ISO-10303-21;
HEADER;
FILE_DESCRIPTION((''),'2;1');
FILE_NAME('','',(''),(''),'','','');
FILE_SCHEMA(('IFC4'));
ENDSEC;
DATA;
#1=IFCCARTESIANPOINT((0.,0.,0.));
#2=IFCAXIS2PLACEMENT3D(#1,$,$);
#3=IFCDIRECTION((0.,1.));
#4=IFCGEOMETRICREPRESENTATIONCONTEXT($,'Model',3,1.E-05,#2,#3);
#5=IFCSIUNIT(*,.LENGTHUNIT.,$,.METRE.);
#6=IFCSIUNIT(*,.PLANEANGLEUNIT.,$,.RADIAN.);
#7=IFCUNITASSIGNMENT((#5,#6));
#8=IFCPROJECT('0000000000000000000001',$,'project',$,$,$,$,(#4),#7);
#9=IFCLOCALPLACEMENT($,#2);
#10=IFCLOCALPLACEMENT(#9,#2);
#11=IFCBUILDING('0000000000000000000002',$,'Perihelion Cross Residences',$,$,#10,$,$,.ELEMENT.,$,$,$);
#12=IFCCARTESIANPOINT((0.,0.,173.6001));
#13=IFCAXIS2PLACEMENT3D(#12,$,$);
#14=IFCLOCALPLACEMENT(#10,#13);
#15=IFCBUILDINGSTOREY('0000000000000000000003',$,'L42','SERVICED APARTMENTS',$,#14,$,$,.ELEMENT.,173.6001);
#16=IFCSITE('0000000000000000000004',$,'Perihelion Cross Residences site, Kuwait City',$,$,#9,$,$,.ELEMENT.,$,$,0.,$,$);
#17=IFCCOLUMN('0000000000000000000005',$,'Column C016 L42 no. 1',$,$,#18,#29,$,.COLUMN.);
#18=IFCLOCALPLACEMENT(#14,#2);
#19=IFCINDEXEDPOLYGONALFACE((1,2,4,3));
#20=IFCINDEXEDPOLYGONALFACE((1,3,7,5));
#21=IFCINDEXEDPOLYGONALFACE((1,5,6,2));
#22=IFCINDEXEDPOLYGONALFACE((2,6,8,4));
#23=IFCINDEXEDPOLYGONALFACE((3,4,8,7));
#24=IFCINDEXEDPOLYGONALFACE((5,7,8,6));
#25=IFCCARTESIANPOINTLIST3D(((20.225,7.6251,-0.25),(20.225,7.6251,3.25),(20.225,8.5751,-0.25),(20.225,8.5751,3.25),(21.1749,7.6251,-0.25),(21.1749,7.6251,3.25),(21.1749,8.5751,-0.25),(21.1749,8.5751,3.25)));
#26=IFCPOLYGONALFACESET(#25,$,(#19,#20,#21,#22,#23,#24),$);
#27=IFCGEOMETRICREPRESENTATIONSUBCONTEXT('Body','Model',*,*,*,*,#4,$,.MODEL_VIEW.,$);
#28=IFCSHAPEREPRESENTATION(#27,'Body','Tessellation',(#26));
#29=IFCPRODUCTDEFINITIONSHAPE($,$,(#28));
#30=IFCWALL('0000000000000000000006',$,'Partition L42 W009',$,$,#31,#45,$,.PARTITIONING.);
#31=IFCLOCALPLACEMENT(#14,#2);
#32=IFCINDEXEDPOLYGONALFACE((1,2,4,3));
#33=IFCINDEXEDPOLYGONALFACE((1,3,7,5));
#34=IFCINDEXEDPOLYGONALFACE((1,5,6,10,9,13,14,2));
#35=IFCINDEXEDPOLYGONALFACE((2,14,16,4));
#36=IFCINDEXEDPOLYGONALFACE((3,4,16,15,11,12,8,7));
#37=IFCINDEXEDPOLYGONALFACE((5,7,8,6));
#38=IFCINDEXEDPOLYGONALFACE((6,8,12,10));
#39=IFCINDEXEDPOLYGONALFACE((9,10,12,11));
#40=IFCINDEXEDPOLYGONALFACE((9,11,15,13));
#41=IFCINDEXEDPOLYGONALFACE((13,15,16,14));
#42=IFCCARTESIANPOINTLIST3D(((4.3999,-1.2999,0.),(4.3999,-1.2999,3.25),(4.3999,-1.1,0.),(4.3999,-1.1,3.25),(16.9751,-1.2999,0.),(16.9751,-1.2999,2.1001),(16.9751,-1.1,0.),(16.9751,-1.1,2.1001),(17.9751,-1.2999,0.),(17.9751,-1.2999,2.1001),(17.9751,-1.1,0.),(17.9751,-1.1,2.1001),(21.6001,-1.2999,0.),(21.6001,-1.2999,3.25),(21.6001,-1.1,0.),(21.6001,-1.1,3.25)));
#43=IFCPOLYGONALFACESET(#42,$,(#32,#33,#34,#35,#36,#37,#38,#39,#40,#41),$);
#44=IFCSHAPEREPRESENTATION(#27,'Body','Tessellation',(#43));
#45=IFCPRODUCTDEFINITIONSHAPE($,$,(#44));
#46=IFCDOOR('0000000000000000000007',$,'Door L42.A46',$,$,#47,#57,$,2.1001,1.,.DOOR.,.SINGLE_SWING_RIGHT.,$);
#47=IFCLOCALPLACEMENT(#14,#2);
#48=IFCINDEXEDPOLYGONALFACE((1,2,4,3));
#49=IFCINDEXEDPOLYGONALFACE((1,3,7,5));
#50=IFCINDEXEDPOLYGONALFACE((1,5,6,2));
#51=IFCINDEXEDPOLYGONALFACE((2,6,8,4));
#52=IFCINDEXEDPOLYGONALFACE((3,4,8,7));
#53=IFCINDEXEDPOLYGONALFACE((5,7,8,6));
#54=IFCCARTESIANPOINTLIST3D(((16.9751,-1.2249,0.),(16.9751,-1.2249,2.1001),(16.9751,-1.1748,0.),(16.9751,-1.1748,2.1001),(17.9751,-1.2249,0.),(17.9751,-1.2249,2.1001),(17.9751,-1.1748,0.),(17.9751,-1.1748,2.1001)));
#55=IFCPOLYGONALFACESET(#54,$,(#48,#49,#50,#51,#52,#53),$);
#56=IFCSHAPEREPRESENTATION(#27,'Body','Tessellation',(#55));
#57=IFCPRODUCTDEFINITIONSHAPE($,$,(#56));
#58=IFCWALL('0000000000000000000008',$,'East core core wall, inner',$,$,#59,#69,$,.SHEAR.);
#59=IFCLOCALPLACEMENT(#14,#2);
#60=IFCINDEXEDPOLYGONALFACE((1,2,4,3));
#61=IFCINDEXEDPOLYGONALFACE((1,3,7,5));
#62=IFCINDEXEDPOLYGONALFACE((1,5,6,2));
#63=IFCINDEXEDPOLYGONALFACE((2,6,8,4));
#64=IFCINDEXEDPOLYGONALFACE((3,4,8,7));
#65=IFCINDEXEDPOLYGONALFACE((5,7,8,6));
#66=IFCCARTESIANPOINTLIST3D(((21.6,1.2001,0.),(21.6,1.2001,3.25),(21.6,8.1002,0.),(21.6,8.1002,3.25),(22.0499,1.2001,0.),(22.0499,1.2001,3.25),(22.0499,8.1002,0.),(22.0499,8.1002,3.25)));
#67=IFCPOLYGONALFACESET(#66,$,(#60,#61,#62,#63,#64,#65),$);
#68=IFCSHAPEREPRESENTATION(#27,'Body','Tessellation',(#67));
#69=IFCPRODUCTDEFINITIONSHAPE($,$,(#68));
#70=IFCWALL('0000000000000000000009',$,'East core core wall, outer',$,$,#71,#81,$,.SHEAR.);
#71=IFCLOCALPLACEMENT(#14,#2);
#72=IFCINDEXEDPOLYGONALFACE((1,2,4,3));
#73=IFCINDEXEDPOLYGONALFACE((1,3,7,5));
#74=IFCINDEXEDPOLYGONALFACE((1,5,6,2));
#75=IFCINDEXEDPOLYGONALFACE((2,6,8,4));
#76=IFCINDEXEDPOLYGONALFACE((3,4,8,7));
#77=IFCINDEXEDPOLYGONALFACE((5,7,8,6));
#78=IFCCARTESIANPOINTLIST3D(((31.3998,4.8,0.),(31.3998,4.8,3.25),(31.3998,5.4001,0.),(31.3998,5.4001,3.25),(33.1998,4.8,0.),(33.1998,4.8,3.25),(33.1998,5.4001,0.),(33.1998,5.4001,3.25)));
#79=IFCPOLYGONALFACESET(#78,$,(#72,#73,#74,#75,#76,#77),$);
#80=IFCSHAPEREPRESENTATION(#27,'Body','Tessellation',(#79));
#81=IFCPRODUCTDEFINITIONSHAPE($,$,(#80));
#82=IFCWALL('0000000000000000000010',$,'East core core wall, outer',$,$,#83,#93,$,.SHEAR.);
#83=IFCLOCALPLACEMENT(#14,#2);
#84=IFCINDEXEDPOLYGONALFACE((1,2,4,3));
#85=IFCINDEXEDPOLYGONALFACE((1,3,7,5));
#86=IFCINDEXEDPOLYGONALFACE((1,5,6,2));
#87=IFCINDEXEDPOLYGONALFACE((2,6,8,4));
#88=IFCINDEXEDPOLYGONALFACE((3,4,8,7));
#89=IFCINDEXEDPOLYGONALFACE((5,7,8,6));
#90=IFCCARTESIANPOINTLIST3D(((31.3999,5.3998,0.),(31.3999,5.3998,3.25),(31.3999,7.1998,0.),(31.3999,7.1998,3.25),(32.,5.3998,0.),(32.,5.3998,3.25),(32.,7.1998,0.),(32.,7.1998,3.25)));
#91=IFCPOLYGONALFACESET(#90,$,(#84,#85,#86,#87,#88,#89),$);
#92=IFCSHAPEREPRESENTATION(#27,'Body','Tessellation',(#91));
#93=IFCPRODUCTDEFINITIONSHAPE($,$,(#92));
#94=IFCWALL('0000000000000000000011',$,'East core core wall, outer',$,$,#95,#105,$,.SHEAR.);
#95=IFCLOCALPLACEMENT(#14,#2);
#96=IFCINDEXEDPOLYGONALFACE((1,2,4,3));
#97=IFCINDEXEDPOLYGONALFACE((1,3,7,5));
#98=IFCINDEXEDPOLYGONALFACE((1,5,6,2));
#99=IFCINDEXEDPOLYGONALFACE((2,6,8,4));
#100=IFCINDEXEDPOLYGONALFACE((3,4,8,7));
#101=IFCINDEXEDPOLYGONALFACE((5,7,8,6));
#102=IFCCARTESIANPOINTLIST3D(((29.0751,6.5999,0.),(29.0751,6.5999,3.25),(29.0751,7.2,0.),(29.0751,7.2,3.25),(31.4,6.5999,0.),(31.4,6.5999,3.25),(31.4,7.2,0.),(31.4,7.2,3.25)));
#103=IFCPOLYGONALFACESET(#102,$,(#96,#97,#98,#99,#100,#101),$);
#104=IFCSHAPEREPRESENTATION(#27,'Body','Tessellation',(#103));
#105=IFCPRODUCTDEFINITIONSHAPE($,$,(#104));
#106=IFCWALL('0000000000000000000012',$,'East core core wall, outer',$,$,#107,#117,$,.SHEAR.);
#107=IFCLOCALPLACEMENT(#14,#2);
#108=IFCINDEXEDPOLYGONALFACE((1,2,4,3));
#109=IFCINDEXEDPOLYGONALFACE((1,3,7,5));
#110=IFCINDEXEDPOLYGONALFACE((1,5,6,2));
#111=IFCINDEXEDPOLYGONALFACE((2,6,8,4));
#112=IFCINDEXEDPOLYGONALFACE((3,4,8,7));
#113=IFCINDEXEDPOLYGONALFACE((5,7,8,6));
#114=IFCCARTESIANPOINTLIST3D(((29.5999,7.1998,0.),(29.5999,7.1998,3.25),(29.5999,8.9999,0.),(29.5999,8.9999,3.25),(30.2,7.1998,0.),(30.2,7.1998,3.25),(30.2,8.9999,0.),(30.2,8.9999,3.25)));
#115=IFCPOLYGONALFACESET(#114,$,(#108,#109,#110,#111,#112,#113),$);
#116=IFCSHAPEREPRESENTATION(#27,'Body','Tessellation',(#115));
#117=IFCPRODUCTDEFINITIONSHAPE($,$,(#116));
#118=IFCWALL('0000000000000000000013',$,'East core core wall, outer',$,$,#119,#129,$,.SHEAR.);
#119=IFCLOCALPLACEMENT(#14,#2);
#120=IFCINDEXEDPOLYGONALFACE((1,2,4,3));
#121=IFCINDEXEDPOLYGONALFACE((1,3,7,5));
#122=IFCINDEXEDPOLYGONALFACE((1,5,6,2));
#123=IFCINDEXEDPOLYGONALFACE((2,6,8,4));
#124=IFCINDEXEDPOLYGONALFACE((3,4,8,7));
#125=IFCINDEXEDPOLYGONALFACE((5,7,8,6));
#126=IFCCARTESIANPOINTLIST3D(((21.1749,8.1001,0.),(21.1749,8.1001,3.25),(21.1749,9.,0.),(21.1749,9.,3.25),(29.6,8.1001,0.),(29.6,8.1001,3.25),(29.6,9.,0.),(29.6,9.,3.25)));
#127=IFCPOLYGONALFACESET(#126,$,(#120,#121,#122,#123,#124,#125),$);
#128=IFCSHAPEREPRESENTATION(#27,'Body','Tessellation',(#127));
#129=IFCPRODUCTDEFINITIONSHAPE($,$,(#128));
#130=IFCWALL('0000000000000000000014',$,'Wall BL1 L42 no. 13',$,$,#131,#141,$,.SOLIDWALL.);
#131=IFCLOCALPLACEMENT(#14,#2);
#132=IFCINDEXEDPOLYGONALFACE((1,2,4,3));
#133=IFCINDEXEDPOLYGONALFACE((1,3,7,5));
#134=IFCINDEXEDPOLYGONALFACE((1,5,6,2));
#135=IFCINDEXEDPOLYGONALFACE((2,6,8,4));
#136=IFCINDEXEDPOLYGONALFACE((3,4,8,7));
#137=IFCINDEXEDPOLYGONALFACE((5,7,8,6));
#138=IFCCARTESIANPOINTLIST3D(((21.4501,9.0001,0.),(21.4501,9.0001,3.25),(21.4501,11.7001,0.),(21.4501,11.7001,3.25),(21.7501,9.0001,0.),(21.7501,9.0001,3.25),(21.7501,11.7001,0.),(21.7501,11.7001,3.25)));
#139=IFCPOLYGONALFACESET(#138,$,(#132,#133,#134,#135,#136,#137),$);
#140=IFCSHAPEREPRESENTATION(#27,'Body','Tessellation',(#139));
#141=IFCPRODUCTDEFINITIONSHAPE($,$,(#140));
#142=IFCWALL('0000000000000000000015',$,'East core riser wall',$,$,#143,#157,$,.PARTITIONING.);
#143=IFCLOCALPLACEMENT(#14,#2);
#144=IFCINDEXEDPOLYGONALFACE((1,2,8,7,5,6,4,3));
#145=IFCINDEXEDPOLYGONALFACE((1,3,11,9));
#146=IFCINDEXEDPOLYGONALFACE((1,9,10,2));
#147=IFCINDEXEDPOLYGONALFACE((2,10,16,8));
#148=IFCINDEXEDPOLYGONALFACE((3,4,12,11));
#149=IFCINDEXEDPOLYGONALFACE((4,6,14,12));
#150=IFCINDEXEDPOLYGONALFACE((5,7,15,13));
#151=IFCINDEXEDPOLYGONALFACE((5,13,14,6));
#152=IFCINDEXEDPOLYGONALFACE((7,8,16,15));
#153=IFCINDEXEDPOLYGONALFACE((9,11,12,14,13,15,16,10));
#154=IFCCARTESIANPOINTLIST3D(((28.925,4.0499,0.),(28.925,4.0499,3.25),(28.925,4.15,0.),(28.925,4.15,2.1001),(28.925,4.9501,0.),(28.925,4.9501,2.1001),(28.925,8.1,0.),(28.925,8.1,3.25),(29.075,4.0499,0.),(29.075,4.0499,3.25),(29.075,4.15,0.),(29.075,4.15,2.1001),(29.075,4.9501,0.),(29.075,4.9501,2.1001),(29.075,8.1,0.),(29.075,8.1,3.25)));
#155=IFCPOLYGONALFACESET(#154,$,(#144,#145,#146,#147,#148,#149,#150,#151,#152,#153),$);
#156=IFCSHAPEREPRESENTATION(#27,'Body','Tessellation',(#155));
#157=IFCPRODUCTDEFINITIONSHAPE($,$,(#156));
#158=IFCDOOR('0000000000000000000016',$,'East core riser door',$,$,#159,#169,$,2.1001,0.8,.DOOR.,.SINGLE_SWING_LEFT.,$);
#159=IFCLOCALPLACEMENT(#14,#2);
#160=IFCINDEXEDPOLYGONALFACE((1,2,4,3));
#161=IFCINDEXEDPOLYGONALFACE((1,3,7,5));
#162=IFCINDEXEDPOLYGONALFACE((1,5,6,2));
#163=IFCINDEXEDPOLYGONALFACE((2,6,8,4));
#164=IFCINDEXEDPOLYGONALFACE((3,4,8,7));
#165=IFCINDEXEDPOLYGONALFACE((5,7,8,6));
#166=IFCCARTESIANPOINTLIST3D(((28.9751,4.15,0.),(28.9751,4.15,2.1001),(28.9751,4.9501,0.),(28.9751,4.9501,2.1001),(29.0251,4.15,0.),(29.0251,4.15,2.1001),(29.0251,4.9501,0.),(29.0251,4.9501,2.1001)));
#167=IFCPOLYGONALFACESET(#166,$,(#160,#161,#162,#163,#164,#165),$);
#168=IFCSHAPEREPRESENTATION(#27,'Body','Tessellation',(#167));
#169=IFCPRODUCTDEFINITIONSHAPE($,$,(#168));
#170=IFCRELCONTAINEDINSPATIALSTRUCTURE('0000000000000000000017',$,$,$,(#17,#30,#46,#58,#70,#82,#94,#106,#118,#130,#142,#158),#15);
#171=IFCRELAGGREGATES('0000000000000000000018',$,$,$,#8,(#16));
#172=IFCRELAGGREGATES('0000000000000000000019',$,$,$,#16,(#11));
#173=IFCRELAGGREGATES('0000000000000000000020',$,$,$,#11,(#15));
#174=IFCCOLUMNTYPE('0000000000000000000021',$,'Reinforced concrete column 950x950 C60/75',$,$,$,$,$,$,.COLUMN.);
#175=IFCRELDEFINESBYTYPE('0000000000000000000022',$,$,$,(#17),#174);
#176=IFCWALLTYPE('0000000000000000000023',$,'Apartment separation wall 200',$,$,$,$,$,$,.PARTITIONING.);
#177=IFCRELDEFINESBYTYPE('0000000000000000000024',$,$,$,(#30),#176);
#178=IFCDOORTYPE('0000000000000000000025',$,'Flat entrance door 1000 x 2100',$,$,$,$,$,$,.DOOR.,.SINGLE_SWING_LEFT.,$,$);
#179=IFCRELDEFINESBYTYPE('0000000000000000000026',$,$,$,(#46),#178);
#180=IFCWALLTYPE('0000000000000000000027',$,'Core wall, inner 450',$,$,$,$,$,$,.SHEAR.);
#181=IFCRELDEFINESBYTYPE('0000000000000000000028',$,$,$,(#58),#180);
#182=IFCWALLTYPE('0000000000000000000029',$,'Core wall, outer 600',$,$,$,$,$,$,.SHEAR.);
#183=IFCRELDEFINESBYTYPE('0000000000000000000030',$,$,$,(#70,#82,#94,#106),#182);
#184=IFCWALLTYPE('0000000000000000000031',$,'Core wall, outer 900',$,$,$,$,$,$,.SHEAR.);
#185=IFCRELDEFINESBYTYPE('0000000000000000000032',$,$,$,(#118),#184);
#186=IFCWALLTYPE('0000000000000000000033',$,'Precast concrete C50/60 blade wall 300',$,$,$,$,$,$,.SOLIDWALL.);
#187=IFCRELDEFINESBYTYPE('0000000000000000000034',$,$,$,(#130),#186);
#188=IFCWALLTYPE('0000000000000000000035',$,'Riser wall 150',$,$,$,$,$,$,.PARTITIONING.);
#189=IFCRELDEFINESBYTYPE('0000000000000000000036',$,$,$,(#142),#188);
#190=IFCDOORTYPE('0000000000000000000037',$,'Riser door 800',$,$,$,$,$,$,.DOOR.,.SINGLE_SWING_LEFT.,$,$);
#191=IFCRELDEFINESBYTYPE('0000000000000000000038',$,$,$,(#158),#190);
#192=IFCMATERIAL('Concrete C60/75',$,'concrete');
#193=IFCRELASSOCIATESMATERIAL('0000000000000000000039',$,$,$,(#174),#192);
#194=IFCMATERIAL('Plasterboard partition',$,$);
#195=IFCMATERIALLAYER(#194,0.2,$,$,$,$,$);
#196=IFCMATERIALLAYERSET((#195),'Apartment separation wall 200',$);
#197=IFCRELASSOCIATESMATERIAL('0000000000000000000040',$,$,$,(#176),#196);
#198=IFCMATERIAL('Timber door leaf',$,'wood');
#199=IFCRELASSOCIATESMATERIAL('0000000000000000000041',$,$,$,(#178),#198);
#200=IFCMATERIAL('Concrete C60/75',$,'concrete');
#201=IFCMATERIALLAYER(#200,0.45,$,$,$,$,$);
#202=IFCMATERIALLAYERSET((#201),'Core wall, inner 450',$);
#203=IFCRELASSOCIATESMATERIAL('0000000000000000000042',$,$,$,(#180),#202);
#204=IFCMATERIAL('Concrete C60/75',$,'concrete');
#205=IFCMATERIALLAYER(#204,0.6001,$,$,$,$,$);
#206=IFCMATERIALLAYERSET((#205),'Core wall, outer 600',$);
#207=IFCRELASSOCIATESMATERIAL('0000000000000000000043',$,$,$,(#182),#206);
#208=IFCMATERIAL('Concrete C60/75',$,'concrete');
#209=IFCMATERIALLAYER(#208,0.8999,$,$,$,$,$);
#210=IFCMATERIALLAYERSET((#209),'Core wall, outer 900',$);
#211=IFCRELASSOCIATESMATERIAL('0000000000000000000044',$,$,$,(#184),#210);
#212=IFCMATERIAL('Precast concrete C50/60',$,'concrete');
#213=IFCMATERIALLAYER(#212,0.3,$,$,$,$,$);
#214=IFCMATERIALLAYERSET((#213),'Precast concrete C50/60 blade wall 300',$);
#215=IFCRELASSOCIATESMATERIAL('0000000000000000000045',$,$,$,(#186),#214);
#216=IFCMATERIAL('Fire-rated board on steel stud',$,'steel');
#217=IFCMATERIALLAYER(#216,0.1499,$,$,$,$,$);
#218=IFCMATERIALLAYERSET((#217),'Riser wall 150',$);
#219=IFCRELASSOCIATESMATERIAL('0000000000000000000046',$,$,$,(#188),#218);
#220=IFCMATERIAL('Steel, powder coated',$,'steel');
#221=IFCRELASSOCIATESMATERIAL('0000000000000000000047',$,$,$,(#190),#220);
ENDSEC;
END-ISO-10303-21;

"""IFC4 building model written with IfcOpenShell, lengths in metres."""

from ifc_helpers import new_model, si_unit, direction, frame, frame_2d, origin, origin_2d, place, context, subcontext, project, spatial, rectangle, extrude, material, layer, layer_set, material_profile, profile_set, type_object, element, fill, save


model = new_model("IFC4")

# Units and contexts
model_context = context("Model", 3, precision=1e-05, world=origin(), true_north=direction((0.0, 1.0)))
body_context = subcontext(model_context, "Body", "Model", "MODEL_VIEW")
ifc_project = project(units=[si_unit("LENGTHUNIT", "METRE"), si_unit("PLANEANGLEUNIT", "RADIAN")], contexts=[model_context])

# Site, building, storey
site_placement = place(None, origin())
site = spatial("IfcSite", under=ifc_project, at=site_placement, Name="Perihelion Cross Residences site, Kuwait City", CompositionType="ELEMENT", RefElevation=0.0)
building_placement = place(site_placement, origin())
building = spatial("IfcBuilding", under=site, at=building_placement, Name="Perihelion Cross Residences", CompositionType="ELEMENT")
storey_placement = place(building_placement, frame((0.0, 0.0, 173.6001)))
storey = spatial("IfcBuildingStorey", under=building, at=storey_placement, Name="L42", Description="SERVICED APARTMENTS", CompositionType="ELEMENT", Elevation=173.6001)

# Column
ifc_material_1 = material(Name="Concrete C60/75", Category="concrete")
ifc_material_profile = material_profile(ifc_material_1, rectangle(XDim=0.95, YDim=0.95, at=origin_2d()), Name="RC 950x950")
ifc_profile_set = profile_set([ifc_material_profile], Name="Concrete C60/75")
column_type = type_object("IfcColumnType", Name="Reinforced concrete column 950x950 C60/75", PredefinedType="COLUMN", material=ifc_profile_set)
column_placement = place(storey_placement, frame((20.7, 8.1001, -0.25), z_axis=(0.0, 0.0, 1.0), x_axis=(1.0, 0.0, 0.0)))
element("IfcColumn", 1, at=column_placement, inside=storey, type_object=column_type, Name="Column C016 L42 no. 1", PredefinedType="COLUMN", context=body_context, shape_type="SweptSolid", body=[
    extrude(rectangle(XDim=0.95, YDim=0.95, at=origin_2d()), origin(), (0.0, 0.0, 1.0), 3.5),
])

# Wall, opening, door
ifc_material_2 = material(Name="Plasterboard partition")
ifc_layer_1 = layer(ifc_material_2, 0.2)
ifc_layer_set_1 = layer_set([ifc_layer_1], Name="Apartment separation wall 200")
wall_type_1 = type_object("IfcWallType", Name="Apartment separation wall 200", PredefinedType="PARTITIONING", material=ifc_layer_set_1)
wall_1_placement = place(storey_placement, frame((21.6001, -1.2, 0.0), z_axis=(0.0, 0.0, 1.0), x_axis=(-1.0, 0.0, 0.0)))
wall_1 = element("IfcWall", 2, at=wall_1_placement, inside=storey, type_object=wall_type_1, Name="Partition L42 W009", PredefinedType="PARTITIONING", context=body_context, shape_type="SweptSolid", body=[
    extrude(rectangle(XDim=17.2002, YDim=0.2, at=frame_2d((8.6001, 0.0))), origin(), (0.0, 0.0, 1.0), 3.25),
])
opening_1_placement = place(wall_1_placement, frame((3.625, 0.0, 0.0)))
opening_1 = element("IfcOpeningElement", 3, at=opening_1_placement, cuts=wall_1, PredefinedType="OPENING", context=body_context, shape_type="SweptSolid", body=[
    extrude(rectangle(XDim=1.0, YDim=2.1001, at=frame_2d((0.5, 1.05))), frame((0.0, 0.1099, 0.0), z_axis=(0.0, -1.0, 0.0), x_axis=(1.0, 0.0, 0.0)), (0.0, 0.0, 1.0), 0.22),
])
ifc_material_3 = material(Name="Timber door leaf", Category="wood")
door_type_1 = type_object("IfcDoorType", Name="Flat entrance door 1000 x 2100", OperationType="SINGLE_SWING_LEFT", PredefinedType="DOOR", material=ifc_material_3)
door_1_placement = place(opening_1_placement, origin())
door_1 = element("IfcDoor", 4, at=door_1_placement, inside=storey, type_object=door_type_1, Name="Door L42.A46", OperationType="SINGLE_SWING_RIGHT", OverallHeight=2.1001, OverallWidth=1.0, PredefinedType="DOOR", context=body_context, shape_type="SweptSolid", body=[
    extrude(rectangle(XDim=1.0, YDim=2.1001, at=frame_2d((0.5, 1.05))), frame((0.0, 0.0249, 0.0), z_axis=(0.0, -1.0, 0.0), x_axis=(1.0, 0.0, 0.0)), (0.0, 0.0, 1.0), 0.05),
])
fill(opening_1, door_1)

# Walls
ifc_material_4 = material(Name="Concrete C60/75", Category="concrete")
ifc_layer_2 = layer(ifc_material_4, 0.45)
ifc_layer_set_2 = layer_set([ifc_layer_2], Name="Core wall, inner 450")
wall_type_2 = type_object("IfcWallType", Name="Core wall, inner 450", PredefinedType="SHEAR", material=ifc_layer_set_2)
wall_2_placement = place(storey_placement, frame((21.825, 1.2, 0.0), z_axis=(0.0, 0.0, 1.0), x_axis=(0.0, 1.0, 0.0)))
element("IfcWall", 5, at=wall_2_placement, inside=storey, type_object=wall_type_2, Name="East core core wall, inner", PredefinedType="SHEAR", context=body_context, shape_type="SweptSolid", body=[
    extrude(rectangle(XDim=6.9001, YDim=0.45, at=frame_2d((3.4502, 0.0))), origin(), (0.0, 0.0, 1.0), 3.25),
])
ifc_material_5 = material(Name="Concrete C60/75", Category="concrete")
ifc_layer_3 = layer(ifc_material_5, 0.6001)
ifc_layer_set_3 = layer_set([ifc_layer_3], Name="Core wall, outer 600")
wall_type_3 = type_object("IfcWallType", Name="Core wall, outer 600", PredefinedType="SHEAR", material=ifc_layer_set_3)
for number, where, z_axis, x_axis, name in (
    (6, (31.3999, 5.1001, 0.0), (0.0, 0.0, 1.0), (1.0, 0.0, 0.0), "East core core wall, outer"),
    (7, (31.7, 5.3999, 0.0), (0.0, 0.0, 1.0), (0.0, 1.0, 0.0), "East core core wall, outer"),
):
    element("IfcWall", number, at=place(storey_placement, frame(where, z_axis=z_axis, x_axis=x_axis)), inside=storey, type_object=wall_type_3, Name=name, PredefinedType="SHEAR", context=body_context, shape_type="SweptSolid", body=[
        extrude(rectangle(XDim=1.8, YDim=0.6001, at=frame_2d((0.8999, 0.0))), origin(), (0.0, 0.0, 1.0), 3.25),
    ])
wall_3_placement = place(storey_placement, frame((29.075, 6.8999, 0.0), z_axis=(0.0, 0.0, 1.0), x_axis=(1.0, 0.0, 0.0)))
element("IfcWall", 8, at=wall_3_placement, inside=storey, type_object=wall_type_3, Name="East core core wall, outer", PredefinedType="SHEAR", context=body_context, shape_type="SweptSolid", body=[
    extrude(rectangle(XDim=2.325, YDim=0.6001, at=frame_2d((1.1626, 0.0))), origin(), (0.0, 0.0, 1.0), 3.25),
])
wall_4_placement = place(storey_placement, frame((29.8999, 7.2, 0.0), z_axis=(0.0, 0.0, 1.0), x_axis=(0.0, 1.0, 0.0)))
element("IfcWall", 9, at=wall_4_placement, inside=storey, type_object=wall_type_3, Name="East core core wall, outer", PredefinedType="SHEAR", context=body_context, shape_type="SweptSolid", body=[
    extrude(rectangle(XDim=1.8, YDim=0.6001, at=frame_2d((0.8999, 0.0))), origin(), (0.0, 0.0, 1.0), 3.25),
])
ifc_material_6 = material(Name="Concrete C60/75", Category="concrete")
ifc_layer_4 = layer(ifc_material_6, 0.8999)
ifc_layer_set_4 = layer_set([ifc_layer_4], Name="Core wall, outer 900")
wall_type_4 = type_object("IfcWallType", Name="Core wall, outer 900", PredefinedType="SHEAR", material=ifc_layer_set_4)
wall_5_placement = place(storey_placement, frame((21.175, 8.55, 0.0), z_axis=(0.0, 0.0, 1.0), x_axis=(1.0, 0.0, 0.0)))
element("IfcWall", 10, at=wall_5_placement, inside=storey, type_object=wall_type_4, Name="East core core wall, outer", PredefinedType="SHEAR", context=body_context, shape_type="SweptSolid", body=[
    extrude(rectangle(XDim=8.425, YDim=0.8999, at=frame_2d((4.2124, 0.0))), origin(), (0.0, 0.0, 1.0), 3.25),
])
ifc_material_7 = material(Name="Precast concrete C50/60", Category="concrete")
ifc_layer_5 = layer(ifc_material_7, 0.3)
ifc_layer_set_5 = layer_set([ifc_layer_5], Name="Precast concrete C50/60 blade wall 300")
wall_type_5 = type_object("IfcWallType", Name="Precast concrete C50/60 blade wall 300", PredefinedType="SOLIDWALL", material=ifc_layer_set_5)
wall_6_placement = place(storey_placement, frame((21.6001, 9.0, 0.0), z_axis=(0.0, 0.0, 1.0), x_axis=(0.0, 1.0, 0.0)))
element("IfcWall", 11, at=wall_6_placement, inside=storey, type_object=wall_type_5, Name="Wall BL1 L42 no. 13", PredefinedType="SOLIDWALL", context=body_context, shape_type="SweptSolid", body=[
    extrude(rectangle(XDim=2.7, YDim=0.3, at=frame_2d((1.3501, 0.0))), origin(), (0.0, 0.0, 1.0), 3.25),
])

# Wall, opening, door
ifc_material_8 = material(Name="Fire-rated board on steel stud", Category="steel")
ifc_layer_6 = layer(ifc_material_8, 0.1499)
ifc_layer_set_6 = layer_set([ifc_layer_6], Name="Riser wall 150")
wall_type_6 = type_object("IfcWallType", Name="Riser wall 150", PredefinedType="PARTITIONING", material=ifc_layer_set_6)
wall_7_placement = place(storey_placement, frame((29.0, 4.05, 0.0), z_axis=(0.0, 0.0, 1.0), x_axis=(0.0, 1.0, 0.0)))
wall_7 = element("IfcWall", 12, at=wall_7_placement, inside=storey, type_object=wall_type_6, Name="East core riser wall", PredefinedType="PARTITIONING", context=body_context, shape_type="SweptSolid", body=[
    extrude(rectangle(XDim=4.05, YDim=0.1499, at=frame_2d((2.0249, 0.0))), origin(), (0.0, 0.0, 1.0), 3.25),
])
opening_2_placement = place(wall_7_placement, frame((0.1001, 0.0, 0.0)))
opening_2 = element("IfcOpeningElement", 13, at=opening_2_placement, cuts=wall_7, PredefinedType="OPENING", context=body_context, shape_type="SweptSolid", body=[
    extrude(rectangle(XDim=0.8, YDim=2.1001, at=frame_2d((0.3999, 1.05))), frame((0.0, 0.085, 0.0), z_axis=(0.0, -1.0, 0.0), x_axis=(1.0, 0.0, 0.0)), (0.0, 0.0, 1.0), 0.1699),
])
ifc_material_9 = material(Name="Steel, powder coated", Category="steel")
door_type_2 = type_object("IfcDoorType", Name="Riser door 800", OperationType="SINGLE_SWING_LEFT", PredefinedType="DOOR", material=ifc_material_9)
door_2_placement = place(opening_2_placement, origin())
door_2 = element("IfcDoor", 14, at=door_2_placement, inside=storey, type_object=door_type_2, Name="East core riser door", OperationType="SINGLE_SWING_LEFT", OverallHeight=2.1001, OverallWidth=0.8, PredefinedType="DOOR", context=body_context, shape_type="SweptSolid", body=[
    extrude(rectangle(XDim=0.8, YDim=2.1001, at=frame_2d((0.3999, 1.05))), frame((0.0, 0.0249, 0.0), z_axis=(0.0, -1.0, 0.0), x_axis=(1.0, 0.0, 0.0)), (0.0, 0.0, 1.0), 0.05),
])
fill(opening_2, door_2)

save(model, "model.ifc")
